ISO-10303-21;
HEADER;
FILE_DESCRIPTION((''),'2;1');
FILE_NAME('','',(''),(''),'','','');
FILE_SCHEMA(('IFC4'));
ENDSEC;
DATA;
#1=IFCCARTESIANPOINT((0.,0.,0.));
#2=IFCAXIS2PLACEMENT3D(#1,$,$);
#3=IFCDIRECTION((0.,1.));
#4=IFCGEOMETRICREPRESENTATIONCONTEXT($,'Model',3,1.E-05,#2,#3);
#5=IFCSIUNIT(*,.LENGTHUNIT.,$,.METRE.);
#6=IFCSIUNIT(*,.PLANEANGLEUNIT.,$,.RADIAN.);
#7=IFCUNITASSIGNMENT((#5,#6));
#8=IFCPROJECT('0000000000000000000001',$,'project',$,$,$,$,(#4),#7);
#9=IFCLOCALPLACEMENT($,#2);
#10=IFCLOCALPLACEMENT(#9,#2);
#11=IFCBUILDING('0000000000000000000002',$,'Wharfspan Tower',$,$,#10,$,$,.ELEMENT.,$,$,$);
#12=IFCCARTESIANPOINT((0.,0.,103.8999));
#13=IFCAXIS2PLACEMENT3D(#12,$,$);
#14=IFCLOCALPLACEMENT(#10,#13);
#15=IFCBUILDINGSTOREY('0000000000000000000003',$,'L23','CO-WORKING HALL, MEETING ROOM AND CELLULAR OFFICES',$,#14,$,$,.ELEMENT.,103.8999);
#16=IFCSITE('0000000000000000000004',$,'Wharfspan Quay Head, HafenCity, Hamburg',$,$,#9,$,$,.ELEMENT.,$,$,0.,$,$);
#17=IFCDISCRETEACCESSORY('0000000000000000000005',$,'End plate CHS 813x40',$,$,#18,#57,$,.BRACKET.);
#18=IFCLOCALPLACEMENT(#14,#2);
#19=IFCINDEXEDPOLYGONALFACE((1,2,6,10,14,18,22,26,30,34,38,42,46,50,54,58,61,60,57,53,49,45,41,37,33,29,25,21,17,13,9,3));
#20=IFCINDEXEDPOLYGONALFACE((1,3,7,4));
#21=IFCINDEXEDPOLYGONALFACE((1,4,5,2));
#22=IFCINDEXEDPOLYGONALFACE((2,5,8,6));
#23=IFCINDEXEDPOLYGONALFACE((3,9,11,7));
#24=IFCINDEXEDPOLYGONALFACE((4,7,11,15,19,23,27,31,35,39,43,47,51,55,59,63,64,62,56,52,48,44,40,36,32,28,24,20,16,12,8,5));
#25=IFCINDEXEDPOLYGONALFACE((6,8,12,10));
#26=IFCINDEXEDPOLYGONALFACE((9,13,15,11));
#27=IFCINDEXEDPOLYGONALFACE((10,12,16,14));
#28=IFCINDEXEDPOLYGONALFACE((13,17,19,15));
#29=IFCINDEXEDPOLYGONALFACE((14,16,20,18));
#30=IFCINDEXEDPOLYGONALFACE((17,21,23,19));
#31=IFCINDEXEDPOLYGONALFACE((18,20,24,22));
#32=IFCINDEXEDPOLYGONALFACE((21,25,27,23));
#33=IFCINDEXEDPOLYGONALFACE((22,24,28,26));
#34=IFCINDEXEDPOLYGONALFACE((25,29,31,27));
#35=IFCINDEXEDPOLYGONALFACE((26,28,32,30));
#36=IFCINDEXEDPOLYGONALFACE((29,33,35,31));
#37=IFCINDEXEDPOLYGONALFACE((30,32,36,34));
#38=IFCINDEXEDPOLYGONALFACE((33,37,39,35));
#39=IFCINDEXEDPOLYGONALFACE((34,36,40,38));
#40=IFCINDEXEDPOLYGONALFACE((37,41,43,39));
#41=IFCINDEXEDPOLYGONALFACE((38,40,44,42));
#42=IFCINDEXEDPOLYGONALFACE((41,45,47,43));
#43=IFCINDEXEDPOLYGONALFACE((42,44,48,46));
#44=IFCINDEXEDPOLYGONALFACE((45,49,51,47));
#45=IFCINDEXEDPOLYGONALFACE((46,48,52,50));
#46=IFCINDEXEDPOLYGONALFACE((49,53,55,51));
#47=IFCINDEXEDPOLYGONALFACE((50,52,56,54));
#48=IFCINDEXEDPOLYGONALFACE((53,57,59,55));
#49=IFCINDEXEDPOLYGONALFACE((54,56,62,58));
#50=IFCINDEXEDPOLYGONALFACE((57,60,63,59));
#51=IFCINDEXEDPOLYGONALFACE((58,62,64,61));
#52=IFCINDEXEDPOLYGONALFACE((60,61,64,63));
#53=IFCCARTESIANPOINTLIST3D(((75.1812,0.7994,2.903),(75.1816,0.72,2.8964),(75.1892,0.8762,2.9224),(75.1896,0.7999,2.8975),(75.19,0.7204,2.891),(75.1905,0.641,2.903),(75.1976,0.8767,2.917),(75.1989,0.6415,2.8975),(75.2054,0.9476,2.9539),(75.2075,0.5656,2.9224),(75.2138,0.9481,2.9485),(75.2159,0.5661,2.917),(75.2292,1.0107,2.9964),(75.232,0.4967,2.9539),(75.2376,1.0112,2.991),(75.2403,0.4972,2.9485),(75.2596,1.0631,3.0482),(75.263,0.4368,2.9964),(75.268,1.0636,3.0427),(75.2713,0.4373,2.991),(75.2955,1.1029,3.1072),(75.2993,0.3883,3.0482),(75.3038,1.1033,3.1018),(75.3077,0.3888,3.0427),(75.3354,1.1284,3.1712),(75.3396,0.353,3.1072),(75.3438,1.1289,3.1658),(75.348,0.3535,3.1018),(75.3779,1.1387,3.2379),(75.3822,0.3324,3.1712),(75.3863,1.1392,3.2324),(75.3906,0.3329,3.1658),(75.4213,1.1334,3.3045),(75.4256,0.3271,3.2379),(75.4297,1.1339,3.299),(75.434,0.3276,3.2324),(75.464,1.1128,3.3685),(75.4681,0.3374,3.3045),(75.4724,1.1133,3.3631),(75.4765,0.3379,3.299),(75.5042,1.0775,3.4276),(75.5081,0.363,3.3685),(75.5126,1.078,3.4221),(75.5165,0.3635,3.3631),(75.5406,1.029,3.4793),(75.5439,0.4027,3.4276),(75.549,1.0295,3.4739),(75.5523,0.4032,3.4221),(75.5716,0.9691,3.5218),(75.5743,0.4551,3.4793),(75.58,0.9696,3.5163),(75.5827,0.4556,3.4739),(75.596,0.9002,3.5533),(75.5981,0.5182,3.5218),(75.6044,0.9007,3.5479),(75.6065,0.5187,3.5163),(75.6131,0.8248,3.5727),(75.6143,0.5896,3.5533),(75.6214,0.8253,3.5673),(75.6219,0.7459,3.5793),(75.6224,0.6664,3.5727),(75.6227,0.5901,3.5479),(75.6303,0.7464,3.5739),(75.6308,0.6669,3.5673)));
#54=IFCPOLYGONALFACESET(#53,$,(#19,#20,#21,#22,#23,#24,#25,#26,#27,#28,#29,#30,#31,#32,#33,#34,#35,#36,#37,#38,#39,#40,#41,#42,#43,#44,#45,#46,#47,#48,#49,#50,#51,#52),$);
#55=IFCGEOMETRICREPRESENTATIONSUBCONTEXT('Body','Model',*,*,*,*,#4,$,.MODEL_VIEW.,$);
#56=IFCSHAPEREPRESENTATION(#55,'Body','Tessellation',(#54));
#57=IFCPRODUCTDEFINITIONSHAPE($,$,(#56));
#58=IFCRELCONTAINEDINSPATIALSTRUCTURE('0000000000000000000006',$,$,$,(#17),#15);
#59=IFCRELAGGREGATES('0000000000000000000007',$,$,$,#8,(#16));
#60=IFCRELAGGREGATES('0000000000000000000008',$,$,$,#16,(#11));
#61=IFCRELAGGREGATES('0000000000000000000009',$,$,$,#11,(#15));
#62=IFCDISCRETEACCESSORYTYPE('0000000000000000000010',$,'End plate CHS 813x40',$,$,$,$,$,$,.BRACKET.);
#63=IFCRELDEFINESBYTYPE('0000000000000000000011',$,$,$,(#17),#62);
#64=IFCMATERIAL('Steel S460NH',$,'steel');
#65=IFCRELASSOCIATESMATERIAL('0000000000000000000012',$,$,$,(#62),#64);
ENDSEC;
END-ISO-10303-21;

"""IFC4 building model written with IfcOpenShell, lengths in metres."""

from ifc_helpers import new_model, si_unit, direction, frame, origin, origin_2d, place, context, subcontext, project, spatial, circle, extrude, material, material_profile, profile_set, type_object, element, save


model = new_model("IFC4")

# Units and contexts
model_context = context("Model", 3, precision=1e-05, world=origin(), true_north=direction((0.0, 1.0)))
body_context = subcontext(model_context, "Body", "Model", "MODEL_VIEW")
ifc_project = project(units=[si_unit("LENGTHUNIT", "METRE"), si_unit("PLANEANGLEUNIT", "RADIAN")], contexts=[model_context])

# Site, building, storey
site_placement = place(None, origin())
site = spatial("IfcSite", under=ifc_project, at=site_placement, Name="Wharfspan Quay Head, HafenCity, Hamburg", CompositionType="ELEMENT", RefElevation=0.0)
building_placement = place(site_placement, origin())
building = spatial("IfcBuilding", under=site, at=building_placement, Name="Wharfspan Tower", CompositionType="ELEMENT")
storey_placement = place(building_placement, frame((0.0, 0.0, 103.8999)))
storey = spatial("IfcBuildingStorey", under=building, at=storey_placement, Name="L23", Description="CO-WORKING HALL, MEETING ROOM AND CELLULAR OFFICES", CompositionType="ELEMENT", Elevation=103.8999)

# Shared definitions
ifc_material_1 = material(Name="Steel S460NH", Category="steel")

# Discrete accessory
ifc_material_profile_1 = material_profile(ifc_material_1, circle(Radius=0.4065, at=origin_2d()))
ifc_profile_set_1 = profile_set([ifc_material_profile_1], Name="Steel S460NH")
discrete_accessory_type = type_object("IfcDiscreteAccessoryType", Name="End plate CHS 813x40", PredefinedType="BRACKET", material=ifc_profile_set_1)
for number, where, z_axis, x_axis, name in (
    (1, (75.4102, 0.7334, 3.2324), (-0.838548, -0.049326, 0.54259), (0.058722, -0.99827, 0.000001), "End plate CHS 813x40"),
):
    element("IfcDiscreteAccessory", number, at=place(storey_placement, frame(where, z_axis=z_axis, x_axis=x_axis)), inside=storey, type_object=discrete_accessory_type, Name=name, PredefinedType="BRACKET", context=body_context, shape_type="SweptSolid", body=[
        extrude(circle(Radius=0.4065, at=origin_2d()), origin(), (0.0, 0.0, 1.0), 0.01),
    ])

save(model, "model.ifc")
